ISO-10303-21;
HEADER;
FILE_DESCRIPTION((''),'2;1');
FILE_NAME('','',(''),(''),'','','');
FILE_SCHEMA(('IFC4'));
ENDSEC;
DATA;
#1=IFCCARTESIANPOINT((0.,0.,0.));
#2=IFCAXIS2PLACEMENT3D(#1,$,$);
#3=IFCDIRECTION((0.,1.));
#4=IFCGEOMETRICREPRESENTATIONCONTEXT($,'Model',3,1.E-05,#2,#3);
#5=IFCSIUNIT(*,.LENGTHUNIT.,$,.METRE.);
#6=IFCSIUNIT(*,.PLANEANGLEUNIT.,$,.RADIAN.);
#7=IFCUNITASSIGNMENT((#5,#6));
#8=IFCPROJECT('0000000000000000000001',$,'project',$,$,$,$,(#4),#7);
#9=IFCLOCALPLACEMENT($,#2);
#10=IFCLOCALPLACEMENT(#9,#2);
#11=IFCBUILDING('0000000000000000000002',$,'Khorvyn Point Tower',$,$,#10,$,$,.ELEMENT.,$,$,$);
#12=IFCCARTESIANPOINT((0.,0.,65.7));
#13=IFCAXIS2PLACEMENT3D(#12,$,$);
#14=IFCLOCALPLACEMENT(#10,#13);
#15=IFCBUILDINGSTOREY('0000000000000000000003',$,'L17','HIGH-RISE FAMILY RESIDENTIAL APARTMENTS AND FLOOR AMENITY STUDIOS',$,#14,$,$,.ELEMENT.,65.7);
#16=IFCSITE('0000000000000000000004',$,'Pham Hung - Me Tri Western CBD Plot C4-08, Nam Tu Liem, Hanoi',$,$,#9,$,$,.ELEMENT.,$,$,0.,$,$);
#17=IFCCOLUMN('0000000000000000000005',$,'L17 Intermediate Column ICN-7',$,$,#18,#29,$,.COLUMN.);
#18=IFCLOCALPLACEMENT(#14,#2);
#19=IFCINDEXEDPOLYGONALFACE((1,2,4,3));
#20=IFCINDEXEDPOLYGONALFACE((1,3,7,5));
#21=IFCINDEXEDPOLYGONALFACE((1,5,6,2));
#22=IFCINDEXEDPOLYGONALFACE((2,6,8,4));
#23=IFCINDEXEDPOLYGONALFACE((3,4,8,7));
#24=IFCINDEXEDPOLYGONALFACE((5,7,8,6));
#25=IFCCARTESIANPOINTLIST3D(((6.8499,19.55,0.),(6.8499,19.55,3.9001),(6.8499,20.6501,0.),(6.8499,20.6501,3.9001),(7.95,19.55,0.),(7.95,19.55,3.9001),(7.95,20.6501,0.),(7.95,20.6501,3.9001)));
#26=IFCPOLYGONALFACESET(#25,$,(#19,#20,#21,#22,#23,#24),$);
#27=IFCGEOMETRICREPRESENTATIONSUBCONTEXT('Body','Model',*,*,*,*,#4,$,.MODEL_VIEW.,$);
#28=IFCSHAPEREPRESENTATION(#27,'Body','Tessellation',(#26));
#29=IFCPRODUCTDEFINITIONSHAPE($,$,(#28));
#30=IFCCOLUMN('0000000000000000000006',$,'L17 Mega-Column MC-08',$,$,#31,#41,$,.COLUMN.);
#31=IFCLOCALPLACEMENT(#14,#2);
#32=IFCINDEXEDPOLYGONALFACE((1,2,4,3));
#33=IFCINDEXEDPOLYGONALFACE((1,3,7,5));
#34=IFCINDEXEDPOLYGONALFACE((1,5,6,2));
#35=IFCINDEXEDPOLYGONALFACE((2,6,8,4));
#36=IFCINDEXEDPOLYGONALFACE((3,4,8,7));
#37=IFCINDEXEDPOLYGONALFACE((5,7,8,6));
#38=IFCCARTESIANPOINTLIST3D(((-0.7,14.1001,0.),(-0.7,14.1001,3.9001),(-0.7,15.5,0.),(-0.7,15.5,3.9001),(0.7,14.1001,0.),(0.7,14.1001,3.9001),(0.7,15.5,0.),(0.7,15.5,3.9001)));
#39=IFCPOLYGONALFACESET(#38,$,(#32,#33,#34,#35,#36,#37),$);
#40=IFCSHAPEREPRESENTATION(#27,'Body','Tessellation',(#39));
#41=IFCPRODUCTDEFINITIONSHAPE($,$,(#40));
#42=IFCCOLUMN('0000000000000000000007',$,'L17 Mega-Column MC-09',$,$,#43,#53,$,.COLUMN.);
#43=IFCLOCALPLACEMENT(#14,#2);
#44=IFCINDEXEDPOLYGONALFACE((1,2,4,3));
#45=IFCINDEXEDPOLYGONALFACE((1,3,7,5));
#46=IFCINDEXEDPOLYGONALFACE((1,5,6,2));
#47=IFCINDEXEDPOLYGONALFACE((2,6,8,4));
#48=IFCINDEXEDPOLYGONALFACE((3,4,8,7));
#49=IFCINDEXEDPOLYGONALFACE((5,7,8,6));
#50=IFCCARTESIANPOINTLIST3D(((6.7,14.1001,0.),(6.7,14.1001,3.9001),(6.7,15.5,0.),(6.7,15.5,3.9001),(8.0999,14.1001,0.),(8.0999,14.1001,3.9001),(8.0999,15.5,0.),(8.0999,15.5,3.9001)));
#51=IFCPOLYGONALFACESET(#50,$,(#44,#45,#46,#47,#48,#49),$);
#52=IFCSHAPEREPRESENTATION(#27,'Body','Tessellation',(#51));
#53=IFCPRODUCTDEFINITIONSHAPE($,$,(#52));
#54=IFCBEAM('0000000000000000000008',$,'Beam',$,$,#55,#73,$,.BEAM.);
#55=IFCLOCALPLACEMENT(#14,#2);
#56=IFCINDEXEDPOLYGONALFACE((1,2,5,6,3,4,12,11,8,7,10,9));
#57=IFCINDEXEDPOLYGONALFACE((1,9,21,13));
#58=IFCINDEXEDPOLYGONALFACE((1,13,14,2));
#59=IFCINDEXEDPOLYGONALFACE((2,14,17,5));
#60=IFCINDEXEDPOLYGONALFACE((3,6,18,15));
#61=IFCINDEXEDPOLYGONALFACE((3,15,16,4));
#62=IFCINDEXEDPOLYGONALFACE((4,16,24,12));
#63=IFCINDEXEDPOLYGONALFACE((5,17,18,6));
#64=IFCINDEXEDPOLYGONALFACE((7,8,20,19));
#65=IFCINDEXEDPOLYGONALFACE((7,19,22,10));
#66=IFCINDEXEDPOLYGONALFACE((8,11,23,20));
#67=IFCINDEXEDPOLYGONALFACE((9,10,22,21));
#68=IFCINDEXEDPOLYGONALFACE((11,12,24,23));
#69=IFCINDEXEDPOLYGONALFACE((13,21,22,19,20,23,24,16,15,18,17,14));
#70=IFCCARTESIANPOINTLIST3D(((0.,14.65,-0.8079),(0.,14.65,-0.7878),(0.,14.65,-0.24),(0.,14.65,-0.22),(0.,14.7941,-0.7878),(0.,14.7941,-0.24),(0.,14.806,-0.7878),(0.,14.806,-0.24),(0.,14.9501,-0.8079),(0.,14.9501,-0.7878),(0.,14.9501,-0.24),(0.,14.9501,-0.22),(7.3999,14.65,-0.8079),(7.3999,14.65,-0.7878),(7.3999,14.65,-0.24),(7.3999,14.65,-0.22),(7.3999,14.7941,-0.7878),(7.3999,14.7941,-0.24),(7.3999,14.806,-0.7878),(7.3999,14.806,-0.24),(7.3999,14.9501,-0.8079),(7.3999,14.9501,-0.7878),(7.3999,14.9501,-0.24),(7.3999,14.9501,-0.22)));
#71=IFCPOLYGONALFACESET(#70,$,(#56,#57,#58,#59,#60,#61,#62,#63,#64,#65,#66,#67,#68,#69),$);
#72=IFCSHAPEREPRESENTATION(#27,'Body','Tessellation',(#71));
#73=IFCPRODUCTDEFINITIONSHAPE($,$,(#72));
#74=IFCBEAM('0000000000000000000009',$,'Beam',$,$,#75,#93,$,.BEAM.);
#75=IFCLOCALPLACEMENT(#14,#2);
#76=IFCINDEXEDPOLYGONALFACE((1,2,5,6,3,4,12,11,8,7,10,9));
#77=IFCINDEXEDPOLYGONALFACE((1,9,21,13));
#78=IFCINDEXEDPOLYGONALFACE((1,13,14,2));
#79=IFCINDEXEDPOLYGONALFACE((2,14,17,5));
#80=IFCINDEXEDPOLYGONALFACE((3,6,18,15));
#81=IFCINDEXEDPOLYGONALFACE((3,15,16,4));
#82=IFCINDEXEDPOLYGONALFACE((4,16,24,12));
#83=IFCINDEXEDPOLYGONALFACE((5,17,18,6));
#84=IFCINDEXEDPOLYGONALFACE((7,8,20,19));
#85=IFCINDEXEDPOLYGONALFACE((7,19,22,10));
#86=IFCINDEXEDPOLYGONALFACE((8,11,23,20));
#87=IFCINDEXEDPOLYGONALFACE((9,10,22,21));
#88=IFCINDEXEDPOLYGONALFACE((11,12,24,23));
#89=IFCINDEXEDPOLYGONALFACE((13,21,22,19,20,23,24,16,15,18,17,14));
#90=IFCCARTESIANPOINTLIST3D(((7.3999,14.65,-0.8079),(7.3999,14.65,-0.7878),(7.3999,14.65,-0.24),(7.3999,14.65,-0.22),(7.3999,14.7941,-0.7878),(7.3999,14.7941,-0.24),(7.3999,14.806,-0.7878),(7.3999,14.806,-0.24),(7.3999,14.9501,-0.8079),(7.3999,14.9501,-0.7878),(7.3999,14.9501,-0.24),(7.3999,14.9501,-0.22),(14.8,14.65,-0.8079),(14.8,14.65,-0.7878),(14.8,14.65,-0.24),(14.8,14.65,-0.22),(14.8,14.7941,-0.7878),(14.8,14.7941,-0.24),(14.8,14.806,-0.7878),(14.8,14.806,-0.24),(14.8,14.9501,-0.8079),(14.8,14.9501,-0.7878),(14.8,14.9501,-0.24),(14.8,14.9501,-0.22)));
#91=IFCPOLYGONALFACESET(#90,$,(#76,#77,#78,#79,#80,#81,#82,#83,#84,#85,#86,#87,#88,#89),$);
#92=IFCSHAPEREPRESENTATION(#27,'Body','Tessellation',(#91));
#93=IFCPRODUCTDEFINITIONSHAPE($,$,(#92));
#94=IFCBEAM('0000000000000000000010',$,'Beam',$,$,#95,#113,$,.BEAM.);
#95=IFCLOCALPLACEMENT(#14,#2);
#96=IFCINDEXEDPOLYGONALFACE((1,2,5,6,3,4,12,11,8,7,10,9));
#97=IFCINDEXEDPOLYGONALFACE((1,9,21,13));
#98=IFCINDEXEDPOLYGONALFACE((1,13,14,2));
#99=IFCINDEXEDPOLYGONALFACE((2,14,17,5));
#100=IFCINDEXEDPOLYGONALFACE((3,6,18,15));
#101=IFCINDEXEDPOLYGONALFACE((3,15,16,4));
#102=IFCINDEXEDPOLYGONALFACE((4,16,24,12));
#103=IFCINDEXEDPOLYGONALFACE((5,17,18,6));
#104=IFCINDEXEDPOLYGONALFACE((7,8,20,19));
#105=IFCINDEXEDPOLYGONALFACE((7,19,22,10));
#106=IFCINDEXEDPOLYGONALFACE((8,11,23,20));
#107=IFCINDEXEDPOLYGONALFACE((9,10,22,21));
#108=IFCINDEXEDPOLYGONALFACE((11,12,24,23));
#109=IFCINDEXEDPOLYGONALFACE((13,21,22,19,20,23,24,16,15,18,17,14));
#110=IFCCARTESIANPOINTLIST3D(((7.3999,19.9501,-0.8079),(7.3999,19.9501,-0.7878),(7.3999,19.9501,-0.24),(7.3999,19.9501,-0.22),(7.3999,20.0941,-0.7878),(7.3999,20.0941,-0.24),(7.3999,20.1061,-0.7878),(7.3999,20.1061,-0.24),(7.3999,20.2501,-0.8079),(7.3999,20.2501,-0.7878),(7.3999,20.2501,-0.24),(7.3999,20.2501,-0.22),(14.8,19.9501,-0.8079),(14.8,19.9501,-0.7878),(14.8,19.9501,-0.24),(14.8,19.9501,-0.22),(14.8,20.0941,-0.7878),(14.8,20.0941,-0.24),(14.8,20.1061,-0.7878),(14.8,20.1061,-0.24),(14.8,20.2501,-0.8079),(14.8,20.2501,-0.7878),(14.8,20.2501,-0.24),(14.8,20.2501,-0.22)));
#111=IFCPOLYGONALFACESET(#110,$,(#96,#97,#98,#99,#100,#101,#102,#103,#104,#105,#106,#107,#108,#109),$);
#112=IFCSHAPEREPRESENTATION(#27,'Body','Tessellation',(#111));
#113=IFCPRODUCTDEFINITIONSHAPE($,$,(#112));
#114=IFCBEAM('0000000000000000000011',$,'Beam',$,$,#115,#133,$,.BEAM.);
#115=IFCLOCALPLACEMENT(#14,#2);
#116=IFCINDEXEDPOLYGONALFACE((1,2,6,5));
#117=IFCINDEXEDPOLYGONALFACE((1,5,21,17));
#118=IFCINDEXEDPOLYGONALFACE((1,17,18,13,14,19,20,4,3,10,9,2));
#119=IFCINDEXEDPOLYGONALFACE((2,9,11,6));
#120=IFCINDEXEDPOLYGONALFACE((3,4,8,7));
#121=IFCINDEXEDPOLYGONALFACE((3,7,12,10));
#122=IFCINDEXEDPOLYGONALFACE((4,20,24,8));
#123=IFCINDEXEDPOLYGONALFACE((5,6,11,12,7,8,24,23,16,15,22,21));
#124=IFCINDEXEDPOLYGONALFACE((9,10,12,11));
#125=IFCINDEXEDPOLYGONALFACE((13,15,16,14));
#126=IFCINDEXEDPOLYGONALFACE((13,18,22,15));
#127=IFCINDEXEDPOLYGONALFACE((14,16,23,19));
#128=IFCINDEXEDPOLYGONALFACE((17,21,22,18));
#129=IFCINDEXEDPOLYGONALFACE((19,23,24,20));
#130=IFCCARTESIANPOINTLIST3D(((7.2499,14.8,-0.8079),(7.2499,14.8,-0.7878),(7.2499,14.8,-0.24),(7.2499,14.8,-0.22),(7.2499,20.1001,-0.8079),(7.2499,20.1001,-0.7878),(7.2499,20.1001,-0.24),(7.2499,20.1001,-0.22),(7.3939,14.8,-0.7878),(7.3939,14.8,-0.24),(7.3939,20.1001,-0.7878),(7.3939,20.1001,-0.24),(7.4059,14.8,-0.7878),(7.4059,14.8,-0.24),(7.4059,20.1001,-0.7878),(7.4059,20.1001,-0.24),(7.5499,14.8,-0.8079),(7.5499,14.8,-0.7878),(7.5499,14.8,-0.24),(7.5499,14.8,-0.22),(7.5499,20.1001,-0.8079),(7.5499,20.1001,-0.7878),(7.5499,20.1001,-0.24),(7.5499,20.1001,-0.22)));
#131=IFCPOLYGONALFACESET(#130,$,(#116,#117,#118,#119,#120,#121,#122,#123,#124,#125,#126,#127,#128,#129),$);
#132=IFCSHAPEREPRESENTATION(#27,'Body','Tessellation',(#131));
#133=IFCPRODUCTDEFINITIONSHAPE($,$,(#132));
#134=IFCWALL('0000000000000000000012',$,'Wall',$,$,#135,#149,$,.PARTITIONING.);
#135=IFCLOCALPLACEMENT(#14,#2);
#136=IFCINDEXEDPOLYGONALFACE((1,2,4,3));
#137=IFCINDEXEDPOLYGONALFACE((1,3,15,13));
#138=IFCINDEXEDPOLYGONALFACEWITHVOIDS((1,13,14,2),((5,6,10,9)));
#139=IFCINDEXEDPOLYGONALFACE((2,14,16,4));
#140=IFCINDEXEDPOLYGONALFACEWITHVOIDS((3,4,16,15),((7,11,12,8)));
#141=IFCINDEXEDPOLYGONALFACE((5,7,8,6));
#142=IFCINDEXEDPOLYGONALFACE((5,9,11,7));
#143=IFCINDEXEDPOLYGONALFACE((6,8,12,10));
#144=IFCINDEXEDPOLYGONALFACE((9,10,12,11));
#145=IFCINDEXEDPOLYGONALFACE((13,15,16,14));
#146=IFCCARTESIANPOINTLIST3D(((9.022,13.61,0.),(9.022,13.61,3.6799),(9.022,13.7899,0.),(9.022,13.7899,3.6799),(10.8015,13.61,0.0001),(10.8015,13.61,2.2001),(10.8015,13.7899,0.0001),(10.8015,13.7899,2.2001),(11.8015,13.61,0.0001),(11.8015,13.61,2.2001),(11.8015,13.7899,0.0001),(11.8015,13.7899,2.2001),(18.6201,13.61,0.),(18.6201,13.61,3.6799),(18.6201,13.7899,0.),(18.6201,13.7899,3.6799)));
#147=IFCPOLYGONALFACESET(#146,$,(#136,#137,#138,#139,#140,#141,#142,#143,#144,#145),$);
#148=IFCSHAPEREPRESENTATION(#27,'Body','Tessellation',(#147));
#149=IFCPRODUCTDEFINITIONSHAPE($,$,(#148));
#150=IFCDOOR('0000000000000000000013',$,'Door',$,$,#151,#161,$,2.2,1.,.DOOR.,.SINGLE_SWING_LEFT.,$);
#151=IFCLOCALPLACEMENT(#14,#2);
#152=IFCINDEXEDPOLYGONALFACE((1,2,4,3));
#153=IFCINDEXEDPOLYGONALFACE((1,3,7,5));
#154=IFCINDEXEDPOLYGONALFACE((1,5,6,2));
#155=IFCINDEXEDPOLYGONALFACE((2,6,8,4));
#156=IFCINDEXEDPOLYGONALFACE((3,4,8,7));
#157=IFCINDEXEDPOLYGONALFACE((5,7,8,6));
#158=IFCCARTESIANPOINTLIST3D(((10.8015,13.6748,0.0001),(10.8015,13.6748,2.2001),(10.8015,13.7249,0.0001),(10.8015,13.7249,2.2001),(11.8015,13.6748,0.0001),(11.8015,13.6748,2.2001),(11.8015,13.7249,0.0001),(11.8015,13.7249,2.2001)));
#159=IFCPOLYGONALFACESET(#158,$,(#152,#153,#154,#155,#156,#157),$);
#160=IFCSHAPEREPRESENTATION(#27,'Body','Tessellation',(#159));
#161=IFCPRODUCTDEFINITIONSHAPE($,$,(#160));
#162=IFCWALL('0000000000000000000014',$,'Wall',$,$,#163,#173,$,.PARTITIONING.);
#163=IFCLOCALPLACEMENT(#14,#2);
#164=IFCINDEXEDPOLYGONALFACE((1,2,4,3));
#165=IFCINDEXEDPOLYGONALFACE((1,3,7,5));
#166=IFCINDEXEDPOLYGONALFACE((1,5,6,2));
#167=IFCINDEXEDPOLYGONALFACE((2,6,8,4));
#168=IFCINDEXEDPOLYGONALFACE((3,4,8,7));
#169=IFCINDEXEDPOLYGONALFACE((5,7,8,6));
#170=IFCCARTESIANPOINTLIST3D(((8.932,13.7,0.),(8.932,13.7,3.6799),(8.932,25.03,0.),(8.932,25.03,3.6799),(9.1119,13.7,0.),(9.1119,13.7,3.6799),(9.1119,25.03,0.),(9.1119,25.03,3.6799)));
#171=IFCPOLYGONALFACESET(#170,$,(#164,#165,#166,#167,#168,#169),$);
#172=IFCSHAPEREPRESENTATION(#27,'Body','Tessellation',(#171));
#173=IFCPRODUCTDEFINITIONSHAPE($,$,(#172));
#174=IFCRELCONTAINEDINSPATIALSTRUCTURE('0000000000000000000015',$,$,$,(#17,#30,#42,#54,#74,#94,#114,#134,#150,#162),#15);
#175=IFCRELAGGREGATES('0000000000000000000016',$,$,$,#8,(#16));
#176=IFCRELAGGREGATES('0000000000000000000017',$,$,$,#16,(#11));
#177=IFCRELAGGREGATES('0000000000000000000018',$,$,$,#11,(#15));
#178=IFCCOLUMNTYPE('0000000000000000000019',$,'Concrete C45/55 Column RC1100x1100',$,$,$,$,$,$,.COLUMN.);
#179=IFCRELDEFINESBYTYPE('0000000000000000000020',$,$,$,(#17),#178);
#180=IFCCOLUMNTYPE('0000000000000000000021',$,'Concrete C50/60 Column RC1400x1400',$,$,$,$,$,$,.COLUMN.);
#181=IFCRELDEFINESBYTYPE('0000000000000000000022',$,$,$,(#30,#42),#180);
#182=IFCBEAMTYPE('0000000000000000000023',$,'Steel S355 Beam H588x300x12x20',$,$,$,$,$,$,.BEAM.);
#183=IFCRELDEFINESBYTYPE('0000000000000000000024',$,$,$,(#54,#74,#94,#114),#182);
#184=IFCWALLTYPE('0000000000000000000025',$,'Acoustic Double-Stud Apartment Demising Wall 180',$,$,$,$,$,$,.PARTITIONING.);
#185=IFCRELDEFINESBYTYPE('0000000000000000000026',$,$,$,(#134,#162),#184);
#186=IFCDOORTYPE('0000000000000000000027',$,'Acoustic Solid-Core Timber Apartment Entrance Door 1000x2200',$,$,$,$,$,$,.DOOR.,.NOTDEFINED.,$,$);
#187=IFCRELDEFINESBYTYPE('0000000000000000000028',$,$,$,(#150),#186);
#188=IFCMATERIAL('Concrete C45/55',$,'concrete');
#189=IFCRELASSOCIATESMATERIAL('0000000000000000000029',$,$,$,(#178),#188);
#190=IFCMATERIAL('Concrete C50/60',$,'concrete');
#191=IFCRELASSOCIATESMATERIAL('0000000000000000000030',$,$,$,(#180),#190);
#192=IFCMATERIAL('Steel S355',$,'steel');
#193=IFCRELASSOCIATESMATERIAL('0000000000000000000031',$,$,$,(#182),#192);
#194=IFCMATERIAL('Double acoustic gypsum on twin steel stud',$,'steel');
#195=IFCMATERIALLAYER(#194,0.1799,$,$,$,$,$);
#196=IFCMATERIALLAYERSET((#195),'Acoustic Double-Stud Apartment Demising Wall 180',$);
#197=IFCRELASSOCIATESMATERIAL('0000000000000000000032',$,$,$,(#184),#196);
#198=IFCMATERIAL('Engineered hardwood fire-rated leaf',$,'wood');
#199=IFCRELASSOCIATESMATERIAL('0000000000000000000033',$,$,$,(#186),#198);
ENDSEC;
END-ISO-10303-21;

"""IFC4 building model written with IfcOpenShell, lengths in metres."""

from ifc_helpers import new_model, si_unit, direction, frame, frame_2d, origin, origin_2d, place, context, subcontext, project, spatial, rectangle, i_section, extrude, material, layer, layer_set, material_profile, profile_set, type_object, element, fill, save


model = new_model("IFC4")

# Units and contexts
model_context = context("Model", 3, precision=1e-05, world=origin(), true_north=direction((0.0, 1.0)))
body_context = subcontext(model_context, "Body", "Model", "MODEL_VIEW")
ifc_project = project(units=[si_unit("LENGTHUNIT", "METRE"), si_unit("PLANEANGLEUNIT", "RADIAN")], contexts=[model_context])

# Site, building, storey
site_placement = place(None, origin())
site = spatial("IfcSite", under=ifc_project, at=site_placement, Name="Pham Hung - Me Tri Western CBD Plot C4-08, Nam Tu Liem, Hanoi", CompositionType="ELEMENT", RefElevation=0.0)
building_placement = place(site_placement, origin())
building = spatial("IfcBuilding", under=site, at=building_placement, Name="Khorvyn Point Tower", CompositionType="ELEMENT")
storey_placement = place(building_placement, frame((0.0, 0.0, 65.7)))
storey = spatial("IfcBuildingStorey", under=building, at=storey_placement, Name="L17", Description="HIGH-RISE FAMILY RESIDENTIAL APARTMENTS AND FLOOR AMENITY STUDIOS", CompositionType="ELEMENT", Elevation=65.7)

# Columns
ifc_material_1 = material(Name="Concrete C45/55", Category="concrete")
ifc_material_profile_1 = material_profile(ifc_material_1, rectangle(XDim=1.1001, YDim=1.1001, at=origin_2d()))
ifc_profile_set_1 = profile_set([ifc_material_profile_1], Name="Concrete C45/55 RC1100x1100")
column_type_1 = type_object("IfcColumnType", Name="Concrete C45/55 Column RC1100x1100", PredefinedType="COLUMN", material=ifc_profile_set_1)
column_placement = place(storey_placement, frame((7.3999, 20.1001, 0.0), z_axis=(0.0, 0.0, 1.0), x_axis=(1.0, 0.0, 0.0)))
element("IfcColumn", 1, at=column_placement, inside=storey, type_object=column_type_1, Name="L17 Intermediate Column ICN-7", PredefinedType="COLUMN", context=body_context, shape_type="SweptSolid", body=[
    extrude(rectangle(XDim=1.1001, YDim=1.1001, at=origin_2d()), origin(), (0.0, 0.0, 1.0), 3.9001),
])
ifc_material_2 = material(Name="Concrete C50/60", Category="concrete")
ifc_material_profile_2 = material_profile(ifc_material_2, rectangle(XDim=1.3999, YDim=1.3999, at=origin_2d()))
ifc_profile_set_2 = profile_set([ifc_material_profile_2], Name="Concrete C50/60 RC1400x1400")
column_type_2 = type_object("IfcColumnType", Name="Concrete C50/60 Column RC1400x1400", PredefinedType="COLUMN", material=ifc_profile_set_2)
for number, where, z_axis, x_axis, name in (
    (2, (0.0, 14.8, 0.0), (0.0, 0.0, 1.0), (1.0, 0.0, 0.0), "L17 Mega-Column MC-08"),
    (3, (7.3999, 14.8, 0.0), (0.0, 0.0, 1.0), (1.0, 0.0, 0.0), "L17 Mega-Column MC-09"),
):
    element("IfcColumn", number, at=place(storey_placement, frame(where, z_axis=z_axis, x_axis=x_axis)), inside=storey, type_object=column_type_2, Name=name, PredefinedType="COLUMN", context=body_context, shape_type="SweptSolid", body=[
        extrude(rectangle(XDim=1.3999, YDim=1.3999, at=origin_2d()), origin(), (0.0, 0.0, 1.0), 3.9001),
    ])

# Beams
ifc_material_3 = material(Name="Steel S355", Category="steel")
ifc_material_profile_3 = material_profile(ifc_material_3, i_section(OverallWidth=0.3, OverallDepth=0.5879, WebThickness=0.012, FlangeThickness=0.02, at=origin_2d()))
ifc_profile_set_3 = profile_set([ifc_material_profile_3], Name="Steel S355 H588x300x12x20")
beam_type = type_object("IfcBeamType", Name="Steel S355 Beam H588x300x12x20", PredefinedType="BEAM", material=ifc_profile_set_3)
beam_1_placement = place(storey_placement, frame((0.0, 14.8, -0.5139), z_axis=(1.0, 0.0, 0.0), x_axis=(0.0, 1.0, 0.0)))
element("IfcBeam", 4, at=beam_1_placement, inside=storey, type_object=beam_type, Name="Beam", PredefinedType="BEAM", context=body_context, shape_type="SweptSolid", body=[
    extrude(i_section(OverallWidth=0.3, OverallDepth=0.5879, WebThickness=0.012, FlangeThickness=0.02, at=origin_2d()), origin(), (0.0, 0.0, 1.0), 7.3999),
])
for number, where, z_axis, x_axis, name in (
    (5, (7.3999, 14.8, -0.5139), (1.0, 0.0, 0.0), (0.0, 1.0, 0.0), "Beam"),
    (6, (7.3999, 20.1001, -0.5139), (1.0, 0.0, 0.0), (0.0, 1.0, 0.0), "Beam"),
):
    element("IfcBeam", number, at=place(storey_placement, frame(where, z_axis=z_axis, x_axis=x_axis)), inside=storey, type_object=beam_type, Name=name, PredefinedType="BEAM", context=body_context, shape_type="SweptSolid", body=[
        extrude(i_section(OverallWidth=0.3, OverallDepth=0.5879, WebThickness=0.012, FlangeThickness=0.02, at=origin_2d()), origin(), (0.0, 0.0, 1.0), 7.4001),
    ])
beam_2_placement = place(storey_placement, frame((7.3999, 14.8, -0.5139), z_axis=(0.0, 1.0, 0.0), x_axis=(-1.0, 0.0, 0.0)))
element("IfcBeam", 7, at=beam_2_placement, inside=storey, type_object=beam_type, Name="Beam", PredefinedType="BEAM", context=body_context, shape_type="SweptSolid", body=[
    extrude(i_section(OverallWidth=0.3, OverallDepth=0.5879, WebThickness=0.012, FlangeThickness=0.02, at=origin_2d()), origin(), (0.0, 0.0, 1.0), 5.3),
])

# Wall, opening, door
ifc_material_4 = material(Name="Double acoustic gypsum on twin steel stud", Category="steel")
ifc_layer_1 = layer(ifc_material_4, 0.1799)
ifc_layer_set_1 = layer_set([ifc_layer_1], Name="Acoustic Double-Stud Apartment Demising Wall 180")
wall_type_1 = type_object("IfcWallType", Name="Acoustic Double-Stud Apartment Demising Wall 180", PredefinedType="PARTITIONING", material=ifc_layer_set_1)
wall_1_placement = place(storey_placement, frame((9.022, 13.7, 0.0), z_axis=(0.0, 0.0, 1.0), x_axis=(1.0, 0.0, 0.0)))
wall_1 = element("IfcWall", 8, at=wall_1_placement, inside=storey, type_object=wall_type_1, Name="Wall", PredefinedType="PARTITIONING", context=body_context, shape_type="SweptSolid", body=[
    extrude(rectangle(XDim=9.5981, YDim=0.1799, at=frame_2d((4.7991, 0.0))), origin(), (0.0, 0.0, 1.0), 3.6799),
])
opening_1_placement = place(wall_1_placement, frame((1.7795, 0.0, 0.0)))
opening_1 = element("IfcOpeningElement", 9, at=opening_1_placement, cuts=wall_1, PredefinedType="OPENING", context=body_context, shape_type="SweptSolid", body=[
    extrude(rectangle(XDim=1.0, YDim=2.2, at=frame_2d((0.5, 1.1001))), frame((0.0, 0.0999, 0.0), z_axis=(0.0, -1.0, 0.0), x_axis=(1.0, 0.0, 0.0)), (0.0, 0.0, 1.0), 0.2),
])
ifc_material_5 = material(Name="Engineered hardwood fire-rated leaf", Category="wood")
door_type_1 = type_object("IfcDoorType", Name="Acoustic Solid-Core Timber Apartment Entrance Door 1000x2200", OperationType="NOTDEFINED", PredefinedType="DOOR", material=ifc_material_5)
door_1_placement = place(opening_1_placement, origin())
door_1 = element("IfcDoor", 10, at=door_1_placement, inside=storey, type_object=door_type_1, Name="Door", OperationType="SINGLE_SWING_LEFT", OverallHeight=2.2, OverallWidth=1.0, PredefinedType="DOOR", context=body_context, shape_type="SweptSolid", body=[
    extrude(rectangle(XDim=1.0, YDim=2.2, at=frame_2d((0.5, 1.1001))), frame((0.0, 0.0249, 0.0), z_axis=(0.0, -1.0, 0.0), x_axis=(1.0, 0.0, 0.0)), (0.0, 0.0, 1.0), 0.05),
])
fill(opening_1, door_1)

# Wall
wall_2_placement = place(storey_placement, frame((9.022, 13.7, 0.0), z_axis=(0.0, 0.0, 1.0), x_axis=(0.0, 1.0, 0.0)))
element("IfcWall", 11, at=wall_2_placement, inside=storey, type_object=wall_type_1, Name="Wall", PredefinedType="PARTITIONING", context=body_context, shape_type="SweptSolid", body=[
    extrude(rectangle(XDim=11.3301, YDim=0.1799, at=frame_2d((5.665, 0.0))), origin(), (0.0, 0.0, 1.0), 3.6799),
])

save(model, "model.ifc")
